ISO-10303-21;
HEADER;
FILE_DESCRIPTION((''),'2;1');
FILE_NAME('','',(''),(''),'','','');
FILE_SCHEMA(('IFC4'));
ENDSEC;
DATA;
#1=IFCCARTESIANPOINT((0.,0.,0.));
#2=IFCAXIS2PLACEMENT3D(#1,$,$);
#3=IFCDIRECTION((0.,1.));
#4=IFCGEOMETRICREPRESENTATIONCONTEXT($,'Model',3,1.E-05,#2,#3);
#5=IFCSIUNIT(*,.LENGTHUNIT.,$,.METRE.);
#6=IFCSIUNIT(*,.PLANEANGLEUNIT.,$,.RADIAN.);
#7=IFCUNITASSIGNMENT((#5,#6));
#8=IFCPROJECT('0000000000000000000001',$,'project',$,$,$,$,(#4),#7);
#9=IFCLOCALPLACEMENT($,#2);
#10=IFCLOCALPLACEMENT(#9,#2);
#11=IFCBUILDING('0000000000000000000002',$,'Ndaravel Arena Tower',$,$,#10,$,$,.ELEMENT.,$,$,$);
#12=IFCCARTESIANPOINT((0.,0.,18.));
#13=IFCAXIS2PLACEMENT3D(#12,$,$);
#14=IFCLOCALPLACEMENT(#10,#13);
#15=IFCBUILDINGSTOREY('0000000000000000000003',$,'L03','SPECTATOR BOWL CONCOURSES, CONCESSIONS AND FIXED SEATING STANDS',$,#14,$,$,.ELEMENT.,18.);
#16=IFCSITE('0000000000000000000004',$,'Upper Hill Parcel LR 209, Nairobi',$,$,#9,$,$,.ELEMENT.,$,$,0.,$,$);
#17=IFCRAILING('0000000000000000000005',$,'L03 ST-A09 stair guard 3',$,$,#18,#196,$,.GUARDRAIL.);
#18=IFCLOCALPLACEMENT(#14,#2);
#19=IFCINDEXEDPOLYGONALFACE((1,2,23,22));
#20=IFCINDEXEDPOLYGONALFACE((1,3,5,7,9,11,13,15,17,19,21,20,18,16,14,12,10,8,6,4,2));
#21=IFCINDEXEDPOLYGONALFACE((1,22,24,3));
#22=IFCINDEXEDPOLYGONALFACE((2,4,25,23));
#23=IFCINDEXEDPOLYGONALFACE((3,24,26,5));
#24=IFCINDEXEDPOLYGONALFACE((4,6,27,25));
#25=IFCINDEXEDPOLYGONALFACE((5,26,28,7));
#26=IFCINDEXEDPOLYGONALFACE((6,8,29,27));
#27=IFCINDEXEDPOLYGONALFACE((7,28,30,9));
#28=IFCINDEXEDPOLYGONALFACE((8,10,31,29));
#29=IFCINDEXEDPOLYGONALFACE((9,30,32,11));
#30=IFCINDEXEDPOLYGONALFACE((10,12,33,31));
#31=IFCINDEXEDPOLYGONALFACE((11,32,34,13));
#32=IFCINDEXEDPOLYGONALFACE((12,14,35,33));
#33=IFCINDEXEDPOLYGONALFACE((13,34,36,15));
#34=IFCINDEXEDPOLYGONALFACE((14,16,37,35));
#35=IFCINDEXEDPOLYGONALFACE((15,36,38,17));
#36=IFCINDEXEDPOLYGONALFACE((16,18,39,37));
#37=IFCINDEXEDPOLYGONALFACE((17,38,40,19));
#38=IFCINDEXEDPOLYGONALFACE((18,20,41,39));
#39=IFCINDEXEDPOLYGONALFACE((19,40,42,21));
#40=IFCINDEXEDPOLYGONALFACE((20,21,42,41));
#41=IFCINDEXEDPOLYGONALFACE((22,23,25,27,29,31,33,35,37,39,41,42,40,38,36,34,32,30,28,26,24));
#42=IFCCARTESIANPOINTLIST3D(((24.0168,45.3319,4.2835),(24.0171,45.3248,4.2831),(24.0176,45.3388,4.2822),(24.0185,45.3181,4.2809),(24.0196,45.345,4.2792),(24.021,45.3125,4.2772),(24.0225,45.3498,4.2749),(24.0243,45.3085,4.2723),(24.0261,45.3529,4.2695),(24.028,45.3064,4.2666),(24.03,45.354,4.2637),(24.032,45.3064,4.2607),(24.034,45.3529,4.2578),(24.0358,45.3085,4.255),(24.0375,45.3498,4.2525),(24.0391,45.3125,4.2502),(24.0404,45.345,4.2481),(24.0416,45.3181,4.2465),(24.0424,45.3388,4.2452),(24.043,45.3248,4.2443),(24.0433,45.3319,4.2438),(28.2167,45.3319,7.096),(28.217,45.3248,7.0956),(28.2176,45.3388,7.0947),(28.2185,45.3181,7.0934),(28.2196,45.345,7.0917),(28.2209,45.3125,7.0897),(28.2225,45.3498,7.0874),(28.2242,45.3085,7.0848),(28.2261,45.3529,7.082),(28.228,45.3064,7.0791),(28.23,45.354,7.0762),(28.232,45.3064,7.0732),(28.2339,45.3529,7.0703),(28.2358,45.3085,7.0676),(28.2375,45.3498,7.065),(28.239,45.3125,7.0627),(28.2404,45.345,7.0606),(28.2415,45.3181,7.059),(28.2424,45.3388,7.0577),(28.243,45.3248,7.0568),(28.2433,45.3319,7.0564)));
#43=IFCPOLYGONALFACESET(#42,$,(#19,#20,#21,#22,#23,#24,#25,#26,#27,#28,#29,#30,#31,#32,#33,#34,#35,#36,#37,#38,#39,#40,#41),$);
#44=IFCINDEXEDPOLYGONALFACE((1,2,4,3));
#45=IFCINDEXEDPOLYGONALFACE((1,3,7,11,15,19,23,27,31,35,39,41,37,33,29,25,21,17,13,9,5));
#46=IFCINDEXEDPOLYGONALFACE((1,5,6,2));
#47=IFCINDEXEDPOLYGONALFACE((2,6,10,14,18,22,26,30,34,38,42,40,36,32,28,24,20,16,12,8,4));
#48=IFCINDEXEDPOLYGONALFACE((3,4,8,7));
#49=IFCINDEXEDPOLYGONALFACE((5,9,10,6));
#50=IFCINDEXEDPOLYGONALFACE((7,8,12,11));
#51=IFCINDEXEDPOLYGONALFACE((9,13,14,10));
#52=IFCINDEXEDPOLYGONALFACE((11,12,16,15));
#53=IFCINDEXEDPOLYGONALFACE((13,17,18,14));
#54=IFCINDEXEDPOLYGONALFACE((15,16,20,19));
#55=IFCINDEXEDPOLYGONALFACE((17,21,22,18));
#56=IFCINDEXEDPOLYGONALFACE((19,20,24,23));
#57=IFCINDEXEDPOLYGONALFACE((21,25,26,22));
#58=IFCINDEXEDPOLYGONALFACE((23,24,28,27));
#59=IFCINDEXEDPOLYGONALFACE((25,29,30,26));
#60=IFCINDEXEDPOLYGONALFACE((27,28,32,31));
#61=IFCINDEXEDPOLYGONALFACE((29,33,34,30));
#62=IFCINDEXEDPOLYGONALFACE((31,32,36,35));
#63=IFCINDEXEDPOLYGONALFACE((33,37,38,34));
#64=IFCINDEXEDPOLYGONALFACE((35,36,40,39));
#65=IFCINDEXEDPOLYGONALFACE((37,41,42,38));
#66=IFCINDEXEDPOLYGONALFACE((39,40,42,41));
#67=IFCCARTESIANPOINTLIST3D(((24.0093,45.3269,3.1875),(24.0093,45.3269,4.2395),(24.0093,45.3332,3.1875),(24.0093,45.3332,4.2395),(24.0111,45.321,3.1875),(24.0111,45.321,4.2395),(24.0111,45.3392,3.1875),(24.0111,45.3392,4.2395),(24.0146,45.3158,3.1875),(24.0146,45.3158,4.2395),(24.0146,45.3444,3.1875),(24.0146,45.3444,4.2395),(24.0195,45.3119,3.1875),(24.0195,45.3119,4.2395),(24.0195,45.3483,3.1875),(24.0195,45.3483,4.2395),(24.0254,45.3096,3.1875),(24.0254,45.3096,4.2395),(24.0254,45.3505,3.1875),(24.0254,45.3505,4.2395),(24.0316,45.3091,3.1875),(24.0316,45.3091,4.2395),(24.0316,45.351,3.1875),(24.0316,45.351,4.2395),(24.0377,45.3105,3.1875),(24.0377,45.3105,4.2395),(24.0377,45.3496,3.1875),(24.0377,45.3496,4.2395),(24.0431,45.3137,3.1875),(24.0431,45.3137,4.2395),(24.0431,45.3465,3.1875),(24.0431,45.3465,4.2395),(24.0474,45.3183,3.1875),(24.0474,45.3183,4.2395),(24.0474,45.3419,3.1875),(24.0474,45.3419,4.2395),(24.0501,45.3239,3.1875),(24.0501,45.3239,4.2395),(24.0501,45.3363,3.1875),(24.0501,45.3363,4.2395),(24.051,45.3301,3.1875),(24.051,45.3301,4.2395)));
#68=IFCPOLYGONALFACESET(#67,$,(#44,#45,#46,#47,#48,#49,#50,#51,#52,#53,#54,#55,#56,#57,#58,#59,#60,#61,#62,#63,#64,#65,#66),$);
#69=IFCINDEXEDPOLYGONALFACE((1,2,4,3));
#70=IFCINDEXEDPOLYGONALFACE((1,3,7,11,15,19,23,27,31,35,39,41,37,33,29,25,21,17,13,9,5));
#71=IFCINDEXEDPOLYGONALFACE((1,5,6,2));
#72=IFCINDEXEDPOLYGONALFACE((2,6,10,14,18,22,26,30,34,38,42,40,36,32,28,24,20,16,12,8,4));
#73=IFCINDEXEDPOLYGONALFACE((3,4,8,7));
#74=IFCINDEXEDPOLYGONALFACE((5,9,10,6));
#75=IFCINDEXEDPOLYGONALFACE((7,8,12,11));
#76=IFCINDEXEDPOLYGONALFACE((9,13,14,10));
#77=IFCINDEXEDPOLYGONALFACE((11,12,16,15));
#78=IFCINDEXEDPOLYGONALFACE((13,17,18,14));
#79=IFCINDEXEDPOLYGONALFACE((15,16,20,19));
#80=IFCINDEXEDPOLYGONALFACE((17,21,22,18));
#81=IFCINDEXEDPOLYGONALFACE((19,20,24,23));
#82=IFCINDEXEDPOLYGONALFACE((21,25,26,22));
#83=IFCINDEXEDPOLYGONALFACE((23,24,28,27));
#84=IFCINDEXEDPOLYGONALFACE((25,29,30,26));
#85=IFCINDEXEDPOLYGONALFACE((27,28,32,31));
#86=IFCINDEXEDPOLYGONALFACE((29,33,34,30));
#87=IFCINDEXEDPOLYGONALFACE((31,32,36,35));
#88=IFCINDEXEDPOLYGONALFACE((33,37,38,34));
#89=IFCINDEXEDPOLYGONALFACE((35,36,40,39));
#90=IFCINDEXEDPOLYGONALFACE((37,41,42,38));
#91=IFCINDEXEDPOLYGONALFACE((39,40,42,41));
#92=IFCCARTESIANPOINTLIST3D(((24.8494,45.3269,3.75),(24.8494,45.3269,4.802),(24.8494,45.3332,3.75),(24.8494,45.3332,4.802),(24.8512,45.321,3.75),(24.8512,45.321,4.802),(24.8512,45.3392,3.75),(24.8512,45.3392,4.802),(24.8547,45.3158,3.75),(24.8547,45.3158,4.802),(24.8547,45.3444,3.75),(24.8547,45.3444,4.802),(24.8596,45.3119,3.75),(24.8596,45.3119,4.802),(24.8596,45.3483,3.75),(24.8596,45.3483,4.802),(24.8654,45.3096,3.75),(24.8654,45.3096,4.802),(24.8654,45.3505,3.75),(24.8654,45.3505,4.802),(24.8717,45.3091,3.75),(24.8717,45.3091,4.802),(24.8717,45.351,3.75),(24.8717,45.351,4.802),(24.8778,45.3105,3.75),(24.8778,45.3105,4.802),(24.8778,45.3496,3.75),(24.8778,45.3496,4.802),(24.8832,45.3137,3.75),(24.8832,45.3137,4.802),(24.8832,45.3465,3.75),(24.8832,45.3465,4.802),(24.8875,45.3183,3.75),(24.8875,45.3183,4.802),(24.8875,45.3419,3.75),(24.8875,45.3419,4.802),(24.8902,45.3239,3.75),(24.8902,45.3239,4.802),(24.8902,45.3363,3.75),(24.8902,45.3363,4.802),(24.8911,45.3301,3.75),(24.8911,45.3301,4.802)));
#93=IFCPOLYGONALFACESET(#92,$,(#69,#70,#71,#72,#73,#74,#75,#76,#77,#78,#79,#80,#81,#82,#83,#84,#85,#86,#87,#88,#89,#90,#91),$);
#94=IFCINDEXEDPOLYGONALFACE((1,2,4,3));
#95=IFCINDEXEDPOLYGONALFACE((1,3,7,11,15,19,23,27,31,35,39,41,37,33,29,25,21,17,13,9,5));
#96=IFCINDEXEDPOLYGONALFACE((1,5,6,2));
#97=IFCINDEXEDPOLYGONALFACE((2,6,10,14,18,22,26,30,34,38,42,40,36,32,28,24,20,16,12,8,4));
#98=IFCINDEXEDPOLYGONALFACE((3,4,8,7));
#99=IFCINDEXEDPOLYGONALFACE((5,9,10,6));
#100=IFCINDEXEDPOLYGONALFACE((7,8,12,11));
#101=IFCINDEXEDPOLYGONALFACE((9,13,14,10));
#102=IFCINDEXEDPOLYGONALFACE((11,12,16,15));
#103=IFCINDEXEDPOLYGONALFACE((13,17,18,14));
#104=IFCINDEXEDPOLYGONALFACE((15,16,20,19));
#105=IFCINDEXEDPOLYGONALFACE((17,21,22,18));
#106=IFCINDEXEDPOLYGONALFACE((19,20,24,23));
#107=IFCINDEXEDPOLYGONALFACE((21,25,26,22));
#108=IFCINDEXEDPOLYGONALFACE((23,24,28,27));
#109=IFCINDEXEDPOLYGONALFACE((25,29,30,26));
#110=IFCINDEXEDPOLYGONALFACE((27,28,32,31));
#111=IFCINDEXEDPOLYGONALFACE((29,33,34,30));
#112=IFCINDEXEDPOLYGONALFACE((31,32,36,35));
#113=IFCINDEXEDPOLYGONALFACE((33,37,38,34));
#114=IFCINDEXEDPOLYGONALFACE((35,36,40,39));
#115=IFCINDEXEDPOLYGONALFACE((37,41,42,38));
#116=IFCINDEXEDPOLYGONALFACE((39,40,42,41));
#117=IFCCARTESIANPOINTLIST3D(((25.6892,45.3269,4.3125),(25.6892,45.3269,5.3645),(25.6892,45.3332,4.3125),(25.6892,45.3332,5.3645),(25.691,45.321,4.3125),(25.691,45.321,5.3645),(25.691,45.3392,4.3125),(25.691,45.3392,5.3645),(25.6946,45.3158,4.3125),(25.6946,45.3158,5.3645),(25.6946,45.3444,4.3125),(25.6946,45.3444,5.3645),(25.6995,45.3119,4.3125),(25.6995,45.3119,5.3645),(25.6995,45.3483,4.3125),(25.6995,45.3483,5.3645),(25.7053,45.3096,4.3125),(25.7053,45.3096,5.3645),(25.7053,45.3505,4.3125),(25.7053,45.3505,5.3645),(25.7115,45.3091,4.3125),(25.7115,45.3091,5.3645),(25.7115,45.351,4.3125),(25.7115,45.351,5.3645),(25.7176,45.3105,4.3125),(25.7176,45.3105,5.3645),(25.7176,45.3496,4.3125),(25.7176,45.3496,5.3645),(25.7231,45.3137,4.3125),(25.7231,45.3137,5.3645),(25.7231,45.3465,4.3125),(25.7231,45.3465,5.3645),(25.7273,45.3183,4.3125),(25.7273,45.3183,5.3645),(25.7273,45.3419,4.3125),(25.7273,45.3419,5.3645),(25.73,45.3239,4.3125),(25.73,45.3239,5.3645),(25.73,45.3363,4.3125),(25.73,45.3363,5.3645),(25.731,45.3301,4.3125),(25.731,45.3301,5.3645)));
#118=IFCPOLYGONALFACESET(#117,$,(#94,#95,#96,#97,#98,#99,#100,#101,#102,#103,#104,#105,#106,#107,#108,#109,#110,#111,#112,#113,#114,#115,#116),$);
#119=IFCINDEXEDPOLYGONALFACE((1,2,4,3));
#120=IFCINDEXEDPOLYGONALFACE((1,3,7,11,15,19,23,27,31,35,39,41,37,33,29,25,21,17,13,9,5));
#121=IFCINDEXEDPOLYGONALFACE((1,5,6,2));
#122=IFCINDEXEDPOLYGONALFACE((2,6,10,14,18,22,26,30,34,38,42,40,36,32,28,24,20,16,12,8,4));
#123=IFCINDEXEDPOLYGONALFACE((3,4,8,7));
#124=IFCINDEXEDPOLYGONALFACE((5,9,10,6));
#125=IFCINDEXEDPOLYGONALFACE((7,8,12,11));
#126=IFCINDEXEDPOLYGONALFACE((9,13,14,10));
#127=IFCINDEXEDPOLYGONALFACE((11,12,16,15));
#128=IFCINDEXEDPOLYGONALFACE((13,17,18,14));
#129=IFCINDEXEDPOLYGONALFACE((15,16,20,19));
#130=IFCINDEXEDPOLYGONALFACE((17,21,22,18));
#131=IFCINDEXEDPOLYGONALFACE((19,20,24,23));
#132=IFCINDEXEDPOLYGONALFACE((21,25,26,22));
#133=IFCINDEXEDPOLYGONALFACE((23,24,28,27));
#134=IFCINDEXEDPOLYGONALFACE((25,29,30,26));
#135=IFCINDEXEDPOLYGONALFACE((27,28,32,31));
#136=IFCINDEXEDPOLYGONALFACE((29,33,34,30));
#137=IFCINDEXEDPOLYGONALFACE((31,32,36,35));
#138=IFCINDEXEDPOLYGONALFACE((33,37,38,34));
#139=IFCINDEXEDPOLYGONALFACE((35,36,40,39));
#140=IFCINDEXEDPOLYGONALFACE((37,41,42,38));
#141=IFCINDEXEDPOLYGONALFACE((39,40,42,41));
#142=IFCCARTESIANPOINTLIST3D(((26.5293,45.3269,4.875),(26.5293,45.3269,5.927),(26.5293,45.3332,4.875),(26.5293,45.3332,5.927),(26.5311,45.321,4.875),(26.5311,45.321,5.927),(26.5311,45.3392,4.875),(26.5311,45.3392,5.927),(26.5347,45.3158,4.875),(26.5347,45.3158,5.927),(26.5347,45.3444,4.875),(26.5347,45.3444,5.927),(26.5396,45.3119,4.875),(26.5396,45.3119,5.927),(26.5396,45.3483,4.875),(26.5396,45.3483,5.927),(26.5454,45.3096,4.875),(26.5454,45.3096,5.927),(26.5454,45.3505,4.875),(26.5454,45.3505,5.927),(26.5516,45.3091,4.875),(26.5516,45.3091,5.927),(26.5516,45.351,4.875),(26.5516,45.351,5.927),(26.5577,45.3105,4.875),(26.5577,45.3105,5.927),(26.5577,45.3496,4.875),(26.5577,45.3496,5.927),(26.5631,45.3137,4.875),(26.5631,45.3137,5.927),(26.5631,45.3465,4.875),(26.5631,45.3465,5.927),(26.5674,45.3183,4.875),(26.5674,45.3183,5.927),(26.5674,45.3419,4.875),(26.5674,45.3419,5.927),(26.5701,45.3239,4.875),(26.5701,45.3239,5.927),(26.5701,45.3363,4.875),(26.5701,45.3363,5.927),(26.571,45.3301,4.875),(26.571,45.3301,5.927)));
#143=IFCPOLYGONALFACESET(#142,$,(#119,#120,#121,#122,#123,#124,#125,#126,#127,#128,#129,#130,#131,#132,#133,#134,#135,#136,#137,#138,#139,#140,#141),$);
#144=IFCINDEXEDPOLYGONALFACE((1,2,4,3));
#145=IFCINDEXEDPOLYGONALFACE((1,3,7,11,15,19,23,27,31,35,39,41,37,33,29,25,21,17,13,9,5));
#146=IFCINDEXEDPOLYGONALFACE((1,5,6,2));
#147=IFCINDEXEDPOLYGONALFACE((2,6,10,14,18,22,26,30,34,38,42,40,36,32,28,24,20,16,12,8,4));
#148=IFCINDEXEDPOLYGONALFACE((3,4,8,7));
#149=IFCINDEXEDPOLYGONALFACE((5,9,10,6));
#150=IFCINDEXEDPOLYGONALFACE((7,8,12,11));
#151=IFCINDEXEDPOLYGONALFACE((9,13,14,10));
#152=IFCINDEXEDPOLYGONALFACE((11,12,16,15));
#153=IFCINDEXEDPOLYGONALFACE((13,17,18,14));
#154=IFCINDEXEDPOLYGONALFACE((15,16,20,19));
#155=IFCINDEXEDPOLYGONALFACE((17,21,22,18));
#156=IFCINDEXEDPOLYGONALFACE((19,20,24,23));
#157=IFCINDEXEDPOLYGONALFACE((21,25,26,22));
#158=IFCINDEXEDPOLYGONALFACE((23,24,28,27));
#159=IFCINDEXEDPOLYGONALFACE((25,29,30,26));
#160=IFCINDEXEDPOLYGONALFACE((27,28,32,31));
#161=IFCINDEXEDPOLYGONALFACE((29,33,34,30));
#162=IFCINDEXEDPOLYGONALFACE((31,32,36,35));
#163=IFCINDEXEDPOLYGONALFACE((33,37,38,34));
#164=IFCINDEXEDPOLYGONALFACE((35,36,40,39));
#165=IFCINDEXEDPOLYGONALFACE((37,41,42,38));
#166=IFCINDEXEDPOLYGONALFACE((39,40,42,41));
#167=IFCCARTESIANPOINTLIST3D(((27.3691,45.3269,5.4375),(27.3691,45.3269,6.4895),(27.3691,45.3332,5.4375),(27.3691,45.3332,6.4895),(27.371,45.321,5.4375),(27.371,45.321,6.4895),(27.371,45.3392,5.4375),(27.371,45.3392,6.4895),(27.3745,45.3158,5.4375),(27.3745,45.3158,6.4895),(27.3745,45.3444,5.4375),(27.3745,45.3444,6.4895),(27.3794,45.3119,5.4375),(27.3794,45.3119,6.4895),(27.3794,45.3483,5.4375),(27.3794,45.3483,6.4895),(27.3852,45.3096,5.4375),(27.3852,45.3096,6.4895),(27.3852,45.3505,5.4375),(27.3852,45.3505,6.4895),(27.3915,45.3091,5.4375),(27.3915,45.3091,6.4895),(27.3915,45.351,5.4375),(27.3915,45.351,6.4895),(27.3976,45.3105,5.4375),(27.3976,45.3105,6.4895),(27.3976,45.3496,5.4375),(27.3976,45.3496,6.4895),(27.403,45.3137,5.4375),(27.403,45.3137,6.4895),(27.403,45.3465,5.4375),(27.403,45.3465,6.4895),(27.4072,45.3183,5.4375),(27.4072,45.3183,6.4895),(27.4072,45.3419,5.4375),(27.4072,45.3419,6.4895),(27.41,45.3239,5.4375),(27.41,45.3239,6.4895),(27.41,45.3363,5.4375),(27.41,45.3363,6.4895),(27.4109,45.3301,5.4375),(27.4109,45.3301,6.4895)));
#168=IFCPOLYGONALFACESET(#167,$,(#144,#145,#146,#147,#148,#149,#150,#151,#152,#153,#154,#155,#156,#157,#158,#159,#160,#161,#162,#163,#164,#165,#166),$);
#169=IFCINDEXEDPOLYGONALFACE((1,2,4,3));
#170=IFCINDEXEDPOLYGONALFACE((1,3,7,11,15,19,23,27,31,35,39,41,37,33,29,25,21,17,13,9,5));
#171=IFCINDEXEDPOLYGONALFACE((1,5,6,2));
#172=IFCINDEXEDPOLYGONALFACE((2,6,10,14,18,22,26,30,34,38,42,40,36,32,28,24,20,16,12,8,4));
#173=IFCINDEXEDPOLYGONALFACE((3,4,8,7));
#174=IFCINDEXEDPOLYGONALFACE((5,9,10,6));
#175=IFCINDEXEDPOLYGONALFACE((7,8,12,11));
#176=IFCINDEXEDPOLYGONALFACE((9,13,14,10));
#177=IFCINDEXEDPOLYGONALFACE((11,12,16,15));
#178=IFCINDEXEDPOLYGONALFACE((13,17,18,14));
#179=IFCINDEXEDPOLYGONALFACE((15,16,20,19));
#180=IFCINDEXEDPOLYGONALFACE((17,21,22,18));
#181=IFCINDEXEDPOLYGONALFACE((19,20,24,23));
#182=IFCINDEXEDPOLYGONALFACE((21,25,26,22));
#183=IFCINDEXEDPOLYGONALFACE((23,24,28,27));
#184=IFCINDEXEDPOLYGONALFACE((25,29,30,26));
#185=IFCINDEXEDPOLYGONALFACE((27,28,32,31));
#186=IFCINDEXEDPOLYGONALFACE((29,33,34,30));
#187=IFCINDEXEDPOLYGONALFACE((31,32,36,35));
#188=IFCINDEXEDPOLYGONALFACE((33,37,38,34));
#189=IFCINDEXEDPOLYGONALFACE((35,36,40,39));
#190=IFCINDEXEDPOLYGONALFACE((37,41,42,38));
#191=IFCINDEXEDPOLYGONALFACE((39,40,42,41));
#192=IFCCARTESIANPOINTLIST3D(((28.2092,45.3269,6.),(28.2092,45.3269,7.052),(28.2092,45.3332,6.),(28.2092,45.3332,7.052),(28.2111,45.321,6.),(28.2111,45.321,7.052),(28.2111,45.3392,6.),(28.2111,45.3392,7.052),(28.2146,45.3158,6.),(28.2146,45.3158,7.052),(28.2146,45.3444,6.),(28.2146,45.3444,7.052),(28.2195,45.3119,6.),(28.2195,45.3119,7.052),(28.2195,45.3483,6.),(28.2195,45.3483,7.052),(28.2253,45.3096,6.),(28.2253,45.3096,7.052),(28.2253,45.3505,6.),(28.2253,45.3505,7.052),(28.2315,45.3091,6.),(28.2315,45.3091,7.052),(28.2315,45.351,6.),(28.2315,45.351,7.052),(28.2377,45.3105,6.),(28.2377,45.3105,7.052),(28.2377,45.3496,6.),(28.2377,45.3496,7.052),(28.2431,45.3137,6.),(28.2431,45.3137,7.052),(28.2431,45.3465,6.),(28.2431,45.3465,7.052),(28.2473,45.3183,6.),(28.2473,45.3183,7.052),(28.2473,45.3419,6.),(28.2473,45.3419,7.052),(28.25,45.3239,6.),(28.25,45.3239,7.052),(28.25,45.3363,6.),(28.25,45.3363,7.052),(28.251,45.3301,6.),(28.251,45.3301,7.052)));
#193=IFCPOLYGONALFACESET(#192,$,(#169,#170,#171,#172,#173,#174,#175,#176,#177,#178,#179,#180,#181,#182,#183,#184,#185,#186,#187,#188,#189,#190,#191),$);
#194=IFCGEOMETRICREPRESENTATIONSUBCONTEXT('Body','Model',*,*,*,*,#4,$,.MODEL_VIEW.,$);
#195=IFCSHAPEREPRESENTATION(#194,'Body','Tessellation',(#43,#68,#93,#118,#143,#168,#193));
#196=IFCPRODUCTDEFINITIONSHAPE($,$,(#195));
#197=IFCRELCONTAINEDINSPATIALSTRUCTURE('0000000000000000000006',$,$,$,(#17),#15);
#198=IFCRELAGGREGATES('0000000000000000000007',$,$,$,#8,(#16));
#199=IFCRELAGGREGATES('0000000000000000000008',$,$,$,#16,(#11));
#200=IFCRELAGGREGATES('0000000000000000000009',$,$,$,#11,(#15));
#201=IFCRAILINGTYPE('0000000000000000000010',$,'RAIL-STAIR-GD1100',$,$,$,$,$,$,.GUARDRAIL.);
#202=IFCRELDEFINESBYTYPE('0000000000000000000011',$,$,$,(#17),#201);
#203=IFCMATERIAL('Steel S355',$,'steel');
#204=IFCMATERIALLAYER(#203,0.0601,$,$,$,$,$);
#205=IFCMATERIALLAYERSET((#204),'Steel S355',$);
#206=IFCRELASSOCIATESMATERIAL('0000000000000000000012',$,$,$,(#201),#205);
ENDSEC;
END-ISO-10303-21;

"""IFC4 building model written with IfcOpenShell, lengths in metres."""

from ifc_helpers import new_model, si_unit, direction, frame, origin, origin_2d, place, context, subcontext, project, spatial, circle, extrude, material, layer, layer_set, type_object, element, save


model = new_model("IFC4")

# Units and contexts
model_context = context("Model", 3, precision=1e-05, world=origin(), true_north=direction((0.0, 1.0)))
body_context = subcontext(model_context, "Body", "Model", "MODEL_VIEW")
ifc_project = project(units=[si_unit("LENGTHUNIT", "METRE"), si_unit("PLANEANGLEUNIT", "RADIAN")], contexts=[model_context])

# Site, building, storey
site_placement = place(None, origin())
site = spatial("IfcSite", under=ifc_project, at=site_placement, Name="Upper Hill Parcel LR 209, Nairobi", CompositionType="ELEMENT", RefElevation=0.0)
building_placement = place(site_placement, origin())
building = spatial("IfcBuilding", under=site, at=building_placement, Name="Ndaravel Arena Tower", CompositionType="ELEMENT")
storey_placement = place(building_placement, frame((0.0, 0.0, 18.0)))
storey = spatial("IfcBuildingStorey", under=building, at=storey_placement, Name="L03", Description="SPECTATOR BOWL CONCOURSES, CONCESSIONS AND FIXED SEATING STANDS", CompositionType="ELEMENT", Elevation=18.0)

# Railing
ifc_material_1 = material(Name="Steel S355", Category="steel")
ifc_layer_1 = layer(ifc_material_1, 0.0601)
ifc_layer_set_1 = layer_set([ifc_layer_1], Name="Steel S355")
railing_type_1 = type_object("IfcRailingType", Name="RAIL-STAIR-GD1100", PredefinedType="GUARDRAIL", material=ifc_layer_set_1)
railing_1_placement = place(storey_placement, frame((24.03, 45.3301, 3.1875)))
element("IfcRailing", 1, at=railing_1_placement, inside=storey, type_object=railing_type_1, Name="L03 ST-A09 stair guard 3", PredefinedType="GUARDRAIL", context=body_context, shape_type="SweptSolid", body=[
    extrude(circle(Radius=0.0239, at=origin_2d()), frame((0.0, 0.0, 1.0762), z_axis=(0.830904, 0.0, 0.556416), x_axis=(0.0, 1.0, 0.0)), (0.0, 0.0, 1.0), 5.0547),
    extrude(circle(Radius=0.021, at=origin_2d()), origin(), (0.0, 0.0, 1.0), 1.052),
    extrude(circle(Radius=0.021, at=origin_2d()), frame((0.8401, 0.0, 0.5625)), (0.0, 0.0, 1.0), 1.052),
    extrude(circle(Radius=0.021, at=origin_2d()), frame((1.6799, 0.0, 1.125)), (0.0, 0.0, 1.0), 1.052),
    extrude(circle(Radius=0.021, at=origin_2d()), frame((2.52, 0.0, 1.6875)), (0.0, 0.0, 1.0), 1.052),
    extrude(circle(Radius=0.021, at=origin_2d()), frame((3.3599, 0.0, 2.25)), (0.0, 0.0, 1.0), 1.052),
    extrude(circle(Radius=0.021, at=origin_2d()), frame((4.2, 0.0, 2.8125)), (0.0, 0.0, 1.0), 1.052),
])

save(model, "model.ifc")
